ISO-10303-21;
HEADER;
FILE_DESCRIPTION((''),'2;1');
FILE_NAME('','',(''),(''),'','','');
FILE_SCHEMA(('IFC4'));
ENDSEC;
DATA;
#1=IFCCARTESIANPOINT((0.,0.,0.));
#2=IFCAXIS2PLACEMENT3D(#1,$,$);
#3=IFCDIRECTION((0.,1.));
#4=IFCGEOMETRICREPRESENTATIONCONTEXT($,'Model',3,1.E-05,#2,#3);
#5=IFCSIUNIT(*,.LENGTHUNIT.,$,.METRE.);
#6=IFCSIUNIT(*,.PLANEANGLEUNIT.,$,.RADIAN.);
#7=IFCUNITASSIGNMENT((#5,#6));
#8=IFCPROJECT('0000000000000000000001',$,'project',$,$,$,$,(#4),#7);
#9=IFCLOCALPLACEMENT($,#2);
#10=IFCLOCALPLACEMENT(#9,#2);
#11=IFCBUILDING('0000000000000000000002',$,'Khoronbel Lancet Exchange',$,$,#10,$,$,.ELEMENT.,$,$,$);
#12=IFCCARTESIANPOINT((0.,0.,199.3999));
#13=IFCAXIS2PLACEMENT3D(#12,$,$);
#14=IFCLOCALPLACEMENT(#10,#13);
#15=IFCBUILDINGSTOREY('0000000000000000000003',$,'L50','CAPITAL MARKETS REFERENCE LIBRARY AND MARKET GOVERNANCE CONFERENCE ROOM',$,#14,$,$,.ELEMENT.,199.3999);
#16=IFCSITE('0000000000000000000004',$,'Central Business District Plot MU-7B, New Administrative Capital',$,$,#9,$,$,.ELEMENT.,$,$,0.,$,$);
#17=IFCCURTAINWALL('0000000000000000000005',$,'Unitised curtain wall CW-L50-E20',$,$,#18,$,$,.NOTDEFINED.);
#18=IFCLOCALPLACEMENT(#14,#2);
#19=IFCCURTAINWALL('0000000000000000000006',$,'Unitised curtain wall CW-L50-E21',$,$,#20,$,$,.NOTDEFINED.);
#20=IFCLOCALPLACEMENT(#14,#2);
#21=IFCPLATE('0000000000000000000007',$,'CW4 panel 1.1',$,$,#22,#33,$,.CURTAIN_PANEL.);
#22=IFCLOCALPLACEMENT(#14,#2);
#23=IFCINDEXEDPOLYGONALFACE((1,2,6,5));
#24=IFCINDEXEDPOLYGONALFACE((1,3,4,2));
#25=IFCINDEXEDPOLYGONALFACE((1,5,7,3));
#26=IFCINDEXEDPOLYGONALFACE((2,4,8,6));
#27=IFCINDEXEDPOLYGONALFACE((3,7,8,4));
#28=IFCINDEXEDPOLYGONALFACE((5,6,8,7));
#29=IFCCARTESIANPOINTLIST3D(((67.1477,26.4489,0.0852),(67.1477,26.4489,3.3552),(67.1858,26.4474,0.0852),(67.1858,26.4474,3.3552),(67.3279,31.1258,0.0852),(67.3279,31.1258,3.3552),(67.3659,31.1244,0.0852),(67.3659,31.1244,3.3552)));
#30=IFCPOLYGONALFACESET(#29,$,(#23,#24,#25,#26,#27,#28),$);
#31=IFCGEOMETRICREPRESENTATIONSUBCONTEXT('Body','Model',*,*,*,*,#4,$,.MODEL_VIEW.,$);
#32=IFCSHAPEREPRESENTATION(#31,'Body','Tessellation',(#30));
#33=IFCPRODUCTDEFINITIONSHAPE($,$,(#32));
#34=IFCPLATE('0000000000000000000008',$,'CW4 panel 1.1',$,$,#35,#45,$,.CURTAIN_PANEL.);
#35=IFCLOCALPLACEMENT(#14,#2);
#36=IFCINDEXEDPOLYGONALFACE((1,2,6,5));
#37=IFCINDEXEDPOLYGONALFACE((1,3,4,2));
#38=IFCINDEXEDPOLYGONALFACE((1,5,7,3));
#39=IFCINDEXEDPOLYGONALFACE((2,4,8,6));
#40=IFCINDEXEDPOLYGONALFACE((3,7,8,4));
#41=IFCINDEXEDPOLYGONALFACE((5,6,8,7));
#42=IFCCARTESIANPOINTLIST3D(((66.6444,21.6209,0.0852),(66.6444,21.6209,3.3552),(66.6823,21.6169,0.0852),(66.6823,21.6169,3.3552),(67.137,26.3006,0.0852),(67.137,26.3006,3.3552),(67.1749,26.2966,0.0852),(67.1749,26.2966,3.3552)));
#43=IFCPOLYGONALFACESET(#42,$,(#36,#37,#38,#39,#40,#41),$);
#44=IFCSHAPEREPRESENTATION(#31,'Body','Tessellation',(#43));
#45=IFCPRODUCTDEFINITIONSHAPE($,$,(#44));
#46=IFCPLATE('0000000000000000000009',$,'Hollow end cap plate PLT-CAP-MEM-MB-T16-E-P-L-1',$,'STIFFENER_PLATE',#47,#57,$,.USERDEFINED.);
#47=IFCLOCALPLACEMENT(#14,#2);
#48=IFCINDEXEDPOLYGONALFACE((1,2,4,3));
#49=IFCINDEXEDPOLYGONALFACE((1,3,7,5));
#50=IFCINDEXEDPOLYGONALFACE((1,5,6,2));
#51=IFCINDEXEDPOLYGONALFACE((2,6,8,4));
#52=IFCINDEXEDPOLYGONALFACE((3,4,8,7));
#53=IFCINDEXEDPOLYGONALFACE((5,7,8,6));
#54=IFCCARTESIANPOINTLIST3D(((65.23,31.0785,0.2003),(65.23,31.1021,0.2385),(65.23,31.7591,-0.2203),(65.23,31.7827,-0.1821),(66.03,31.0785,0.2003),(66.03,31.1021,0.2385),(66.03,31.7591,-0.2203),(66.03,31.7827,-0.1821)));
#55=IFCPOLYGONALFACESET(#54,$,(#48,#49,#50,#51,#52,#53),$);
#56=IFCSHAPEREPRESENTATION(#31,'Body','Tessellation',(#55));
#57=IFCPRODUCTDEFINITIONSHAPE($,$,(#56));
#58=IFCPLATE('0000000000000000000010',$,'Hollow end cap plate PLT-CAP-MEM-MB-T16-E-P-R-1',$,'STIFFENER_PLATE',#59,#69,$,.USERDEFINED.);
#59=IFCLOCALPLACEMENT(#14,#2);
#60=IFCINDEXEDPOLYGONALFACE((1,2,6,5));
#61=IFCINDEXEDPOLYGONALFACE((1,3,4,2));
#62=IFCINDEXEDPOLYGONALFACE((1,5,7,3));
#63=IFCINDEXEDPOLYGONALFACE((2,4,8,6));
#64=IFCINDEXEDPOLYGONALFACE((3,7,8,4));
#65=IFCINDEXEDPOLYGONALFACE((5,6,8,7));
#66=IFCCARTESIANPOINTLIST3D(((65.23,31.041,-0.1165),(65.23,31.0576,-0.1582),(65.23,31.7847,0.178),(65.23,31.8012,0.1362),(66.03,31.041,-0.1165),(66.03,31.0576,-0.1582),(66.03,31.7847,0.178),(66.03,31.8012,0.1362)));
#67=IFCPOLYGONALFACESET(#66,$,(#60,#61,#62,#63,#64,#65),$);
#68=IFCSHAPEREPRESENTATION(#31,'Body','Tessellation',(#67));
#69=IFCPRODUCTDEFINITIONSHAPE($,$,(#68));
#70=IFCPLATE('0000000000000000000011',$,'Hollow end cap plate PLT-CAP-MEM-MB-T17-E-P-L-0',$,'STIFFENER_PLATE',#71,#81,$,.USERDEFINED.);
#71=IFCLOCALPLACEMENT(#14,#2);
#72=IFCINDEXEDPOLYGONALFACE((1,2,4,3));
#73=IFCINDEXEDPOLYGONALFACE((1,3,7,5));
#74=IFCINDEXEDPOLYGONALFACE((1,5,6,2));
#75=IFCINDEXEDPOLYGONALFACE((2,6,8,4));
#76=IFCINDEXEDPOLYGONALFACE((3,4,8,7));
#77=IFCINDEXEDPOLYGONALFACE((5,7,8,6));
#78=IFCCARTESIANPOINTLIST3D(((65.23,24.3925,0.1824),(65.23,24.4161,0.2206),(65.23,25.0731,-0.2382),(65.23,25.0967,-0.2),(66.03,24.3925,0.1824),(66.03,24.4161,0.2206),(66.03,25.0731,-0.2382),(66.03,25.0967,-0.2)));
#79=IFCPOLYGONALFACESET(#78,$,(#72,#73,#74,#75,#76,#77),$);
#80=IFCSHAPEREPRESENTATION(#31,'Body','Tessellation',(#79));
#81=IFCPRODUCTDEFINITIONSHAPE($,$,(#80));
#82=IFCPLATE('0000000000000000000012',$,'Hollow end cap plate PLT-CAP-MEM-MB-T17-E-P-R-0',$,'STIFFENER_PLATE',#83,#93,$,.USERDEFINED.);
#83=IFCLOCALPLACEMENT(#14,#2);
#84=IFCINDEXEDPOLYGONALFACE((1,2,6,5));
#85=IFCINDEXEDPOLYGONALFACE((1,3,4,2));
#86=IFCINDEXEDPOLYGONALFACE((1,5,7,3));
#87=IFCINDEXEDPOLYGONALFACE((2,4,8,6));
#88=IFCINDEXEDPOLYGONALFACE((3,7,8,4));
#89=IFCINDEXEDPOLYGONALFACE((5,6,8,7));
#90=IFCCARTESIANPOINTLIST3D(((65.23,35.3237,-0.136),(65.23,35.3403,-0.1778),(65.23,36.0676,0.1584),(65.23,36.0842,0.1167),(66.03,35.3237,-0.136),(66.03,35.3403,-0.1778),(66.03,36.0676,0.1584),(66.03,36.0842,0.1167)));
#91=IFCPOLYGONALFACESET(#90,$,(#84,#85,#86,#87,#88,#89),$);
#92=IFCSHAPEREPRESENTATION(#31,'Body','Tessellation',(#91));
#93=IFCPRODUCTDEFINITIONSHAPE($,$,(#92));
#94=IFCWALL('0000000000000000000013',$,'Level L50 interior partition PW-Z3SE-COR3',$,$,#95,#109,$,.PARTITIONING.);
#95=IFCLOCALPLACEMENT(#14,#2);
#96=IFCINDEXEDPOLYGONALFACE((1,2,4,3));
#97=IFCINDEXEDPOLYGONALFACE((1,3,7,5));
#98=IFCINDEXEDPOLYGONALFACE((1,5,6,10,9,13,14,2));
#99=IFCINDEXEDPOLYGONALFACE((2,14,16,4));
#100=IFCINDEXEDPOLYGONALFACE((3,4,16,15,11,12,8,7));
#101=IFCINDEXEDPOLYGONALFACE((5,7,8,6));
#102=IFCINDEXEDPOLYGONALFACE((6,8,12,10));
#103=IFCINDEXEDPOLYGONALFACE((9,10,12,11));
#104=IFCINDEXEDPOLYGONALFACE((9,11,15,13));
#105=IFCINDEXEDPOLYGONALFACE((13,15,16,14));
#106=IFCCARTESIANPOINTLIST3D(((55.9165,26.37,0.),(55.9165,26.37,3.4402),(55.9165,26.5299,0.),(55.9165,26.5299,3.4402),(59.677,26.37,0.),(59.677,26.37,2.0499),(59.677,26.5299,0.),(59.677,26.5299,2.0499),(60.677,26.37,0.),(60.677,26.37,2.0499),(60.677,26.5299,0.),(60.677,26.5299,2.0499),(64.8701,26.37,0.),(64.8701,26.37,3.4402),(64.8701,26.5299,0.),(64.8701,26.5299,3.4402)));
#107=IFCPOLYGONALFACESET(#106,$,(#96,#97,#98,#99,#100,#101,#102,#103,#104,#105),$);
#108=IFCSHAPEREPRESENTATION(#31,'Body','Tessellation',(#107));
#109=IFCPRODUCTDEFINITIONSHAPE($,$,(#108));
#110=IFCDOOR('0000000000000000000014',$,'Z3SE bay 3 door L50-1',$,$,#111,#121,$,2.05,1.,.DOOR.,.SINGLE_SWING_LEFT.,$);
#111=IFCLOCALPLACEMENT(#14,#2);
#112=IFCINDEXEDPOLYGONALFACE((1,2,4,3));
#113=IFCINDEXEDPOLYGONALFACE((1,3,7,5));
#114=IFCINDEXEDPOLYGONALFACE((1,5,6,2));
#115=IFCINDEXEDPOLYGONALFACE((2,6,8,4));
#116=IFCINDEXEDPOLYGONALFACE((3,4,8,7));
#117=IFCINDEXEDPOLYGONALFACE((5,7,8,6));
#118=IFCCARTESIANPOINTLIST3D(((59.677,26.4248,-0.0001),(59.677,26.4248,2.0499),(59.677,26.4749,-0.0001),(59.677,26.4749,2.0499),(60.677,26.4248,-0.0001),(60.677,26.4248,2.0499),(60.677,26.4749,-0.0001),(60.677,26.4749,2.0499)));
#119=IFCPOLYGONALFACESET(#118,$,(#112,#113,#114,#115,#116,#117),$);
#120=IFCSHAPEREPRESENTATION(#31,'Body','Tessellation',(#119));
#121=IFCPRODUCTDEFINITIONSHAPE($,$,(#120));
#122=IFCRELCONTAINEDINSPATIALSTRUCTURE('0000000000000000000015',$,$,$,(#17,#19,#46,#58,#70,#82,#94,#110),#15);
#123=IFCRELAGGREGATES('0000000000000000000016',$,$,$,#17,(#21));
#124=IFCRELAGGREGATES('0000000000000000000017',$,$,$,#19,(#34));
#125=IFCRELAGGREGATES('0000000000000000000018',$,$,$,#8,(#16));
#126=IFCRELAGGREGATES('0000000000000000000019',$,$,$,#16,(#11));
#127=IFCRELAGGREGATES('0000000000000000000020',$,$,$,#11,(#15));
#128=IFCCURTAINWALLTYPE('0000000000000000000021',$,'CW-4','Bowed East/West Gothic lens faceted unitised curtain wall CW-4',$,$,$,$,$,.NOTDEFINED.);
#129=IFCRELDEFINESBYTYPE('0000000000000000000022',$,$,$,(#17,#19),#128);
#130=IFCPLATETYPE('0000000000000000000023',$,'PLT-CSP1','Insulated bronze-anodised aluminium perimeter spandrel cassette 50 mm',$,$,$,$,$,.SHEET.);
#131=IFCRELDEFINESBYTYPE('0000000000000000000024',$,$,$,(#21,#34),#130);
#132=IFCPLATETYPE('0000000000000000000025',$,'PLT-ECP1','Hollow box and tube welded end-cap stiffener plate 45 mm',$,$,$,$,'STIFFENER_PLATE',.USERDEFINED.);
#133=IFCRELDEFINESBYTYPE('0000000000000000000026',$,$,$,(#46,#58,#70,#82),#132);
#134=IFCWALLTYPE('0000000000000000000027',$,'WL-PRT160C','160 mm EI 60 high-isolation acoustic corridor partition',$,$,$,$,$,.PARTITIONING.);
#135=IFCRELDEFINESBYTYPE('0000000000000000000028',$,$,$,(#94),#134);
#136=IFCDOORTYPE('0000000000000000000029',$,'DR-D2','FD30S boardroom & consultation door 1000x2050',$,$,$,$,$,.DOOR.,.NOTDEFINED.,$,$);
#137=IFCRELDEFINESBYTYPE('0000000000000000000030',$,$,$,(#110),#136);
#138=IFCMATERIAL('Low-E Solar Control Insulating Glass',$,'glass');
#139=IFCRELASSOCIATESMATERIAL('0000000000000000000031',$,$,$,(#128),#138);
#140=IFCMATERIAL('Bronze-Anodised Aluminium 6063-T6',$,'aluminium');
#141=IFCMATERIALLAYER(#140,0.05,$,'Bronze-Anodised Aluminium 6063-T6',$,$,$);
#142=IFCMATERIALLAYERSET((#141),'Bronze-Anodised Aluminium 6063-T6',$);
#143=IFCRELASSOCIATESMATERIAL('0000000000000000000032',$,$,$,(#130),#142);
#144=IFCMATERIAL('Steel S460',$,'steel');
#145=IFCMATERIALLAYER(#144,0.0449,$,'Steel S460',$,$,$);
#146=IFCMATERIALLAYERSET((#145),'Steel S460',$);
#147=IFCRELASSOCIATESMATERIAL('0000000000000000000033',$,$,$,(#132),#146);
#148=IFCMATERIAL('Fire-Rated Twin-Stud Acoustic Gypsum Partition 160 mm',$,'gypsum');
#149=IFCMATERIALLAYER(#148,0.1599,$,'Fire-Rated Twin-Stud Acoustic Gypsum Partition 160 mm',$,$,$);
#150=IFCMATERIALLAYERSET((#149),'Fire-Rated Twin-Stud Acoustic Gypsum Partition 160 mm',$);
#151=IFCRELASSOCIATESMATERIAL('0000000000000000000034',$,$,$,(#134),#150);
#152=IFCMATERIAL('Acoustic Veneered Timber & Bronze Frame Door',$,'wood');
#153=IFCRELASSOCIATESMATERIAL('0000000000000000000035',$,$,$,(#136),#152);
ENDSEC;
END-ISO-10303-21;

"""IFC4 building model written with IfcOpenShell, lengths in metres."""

from ifc_helpers import new_model, si_unit, direction, frame, frame_2d, origin, origin_2d, place, context, subcontext, project, spatial, polyline, rectangle, outline, extrude, material, layer, layer_set, type_object, element, fill, aggregate, save


model = new_model("IFC4")

# Units and contexts
model_context = context("Model", 3, precision=1e-05, world=origin(), true_north=direction((0.0, 1.0)))
body_context = subcontext(model_context, "Body", "Model", "MODEL_VIEW")
ifc_project = project(units=[si_unit("LENGTHUNIT", "METRE"), si_unit("PLANEANGLEUNIT", "RADIAN")], contexts=[model_context])

# Site, building, storey
site_placement = place(None, origin())
site = spatial("IfcSite", under=ifc_project, at=site_placement, Name="Central Business District Plot MU-7B, New Administrative Capital", CompositionType="ELEMENT", RefElevation=0.0)
building_placement = place(site_placement, origin())
building = spatial("IfcBuilding", under=site, at=building_placement, Name="Khoronbel Lancet Exchange", CompositionType="ELEMENT")
storey_placement = place(building_placement, frame((0.0, 0.0, 199.3999)))
storey = spatial("IfcBuildingStorey", under=building, at=storey_placement, Name="L50", Description="CAPITAL MARKETS REFERENCE LIBRARY AND MARKET GOVERNANCE CONFERENCE ROOM", CompositionType="ELEMENT", Elevation=199.3999)

# Shared definitions
ifc_material_1 = material(Name="Low-E Solar Control Insulating Glass", Category="glass")
curtain_wall_type = type_object("IfcCurtainWallType", Name="CW-4", Description="Bowed East/West Gothic lens faceted unitised curtain wall CW-4", PredefinedType="NOTDEFINED", material=ifc_material_1)
ifc_material_2 = material(Name="Bronze-Anodised Aluminium 6063-T6", Category="aluminium")

# Curtain walls
curtain_wall_1_placement = place(storey_placement, origin())
curtain_wall_1 = element("IfcCurtainWall", 1, at=curtain_wall_1_placement, inside=storey, type_object=curtain_wall_type, Name="Unitised curtain wall CW-L50-E20", PredefinedType="NOTDEFINED")
curtain_wall_2_placement = place(storey_placement, origin())
curtain_wall_2 = element("IfcCurtainWall", 2, at=curtain_wall_2_placement, inside=storey, type_object=curtain_wall_type, Name="Unitised curtain wall CW-L50-E21", PredefinedType="NOTDEFINED")

# Shared definitions
ifc_material_3 = material(Name="Steel S460", Category="steel")

# Plates
ifc_layer_1 = layer(ifc_material_2, 0.05, Name="Bronze-Anodised Aluminium 6063-T6")
ifc_layer_set_1 = layer_set([ifc_layer_1], Name="Bronze-Anodised Aluminium 6063-T6")
plate_type_1 = type_object("IfcPlateType", Name="PLT-CSP1", Description="Insulated bronze-anodised aluminium perimeter spandrel cassette 50 mm", PredefinedType="SHEET", material=ifc_layer_set_1)
plate_1_placement = place(storey_placement, frame((67.2568, 28.7866, 0.0852), z_axis=(0.0, 0.0, 1.0), x_axis=(-0.038486, -0.999259, 0.0)))
plate_1 = element("IfcPlate", 3, at=plate_1_placement, type_object=plate_type_1, Name="CW4 panel 1.1", PredefinedType="CURTAIN_PANEL", context=body_context, shape_type="SweptSolid", body=[
    extrude(rectangle(XDim=4.6804, YDim=0.0381, at=origin_2d()), origin(), (0.0, 0.0, 1.0), 3.27),
])
aggregate(curtain_wall_1, [plate_1])
plate_2_placement = place(storey_placement, frame((66.9097, 23.9587, 0.0852), z_axis=(0.0, 0.0, 1.0), x_axis=(-0.104686, -0.994505, 0.0)))
plate_2 = element("IfcPlate", 4, at=plate_2_placement, type_object=plate_type_1, Name="CW4 panel 1.1", PredefinedType="CURTAIN_PANEL", context=body_context, shape_type="SweptSolid", body=[
    extrude(rectangle(XDim=4.7056, YDim=0.0381, at=origin_2d()), origin(), (0.0, 0.0, 1.0), 3.27),
])
aggregate(curtain_wall_2, [plate_2])

# Plates
ifc_layer_2 = layer(ifc_material_3, 0.0449, Name="Steel S460")
ifc_layer_set_2 = layer_set([ifc_layer_2], Name="Steel S460")
plate_type_2 = type_object("IfcPlateType", Name="PLT-ECP1", Description="Hollow box and tube welded end-cap stiffener plate 45 mm", ElementType="STIFFENER_PLATE", PredefinedType="USERDEFINED", material=ifc_layer_set_2)
plate_3_placement = place(storey_placement, frame((66.03, 31.7827, -0.1821), z_axis=(0.0, 0.525714, 0.850662), x_axis=(-1.0, 0.0, 0.0)))
element("IfcPlate", 5, at=plate_3_placement, inside=storey, type_object=plate_type_2, Name="Hollow end cap plate PLT-CAP-MEM-MB-T16-E-P-L-1", ObjectType="STIFFENER_PLATE", PredefinedType="USERDEFINED", context=body_context, shape_type="SweptSolid", body=[
    extrude(outline(polyline([(0.0, 0.0), (0.8, 0.0), (0.8, 0.8), (0.0, 0.8), (0.0, 0.0)])), origin(), (0.0, 0.0, -1.0), 0.0449),
])
plate_4_placement = place(storey_placement, frame((65.23, 31.041, -0.1165), z_axis=(0.0, -0.368125, 0.929776), x_axis=(1.0, 0.0, 0.0)))
element("IfcPlate", 6, at=plate_4_placement, inside=storey, type_object=plate_type_2, Name="Hollow end cap plate PLT-CAP-MEM-MB-T16-E-P-R-1", ObjectType="STIFFENER_PLATE", PredefinedType="USERDEFINED", context=body_context, shape_type="SweptSolid", body=[
    extrude(outline(polyline([(0.0, 0.0), (0.8, 0.0), (0.8, 0.7998), (0.0, 0.7998), (0.0, 0.0)])), origin(), (0.0, 0.0, -1.0), 0.0449),
])
for number, where, z_axis, x_axis, name in (
    (7, (66.03, 25.0967, -0.2), (0.0, 0.525714, 0.850662), (-1.0, 0.0, 0.0), "Hollow end cap plate PLT-CAP-MEM-MB-T17-E-P-L-0"),
    (8, (65.23, 35.3237, -0.136), (0.0, -0.368021, 0.929817), (1.0, 0.0, 0.0), "Hollow end cap plate PLT-CAP-MEM-MB-T17-E-P-R-0"),
):
    element("IfcPlate", number, at=place(storey_placement, frame(where, z_axis=z_axis, x_axis=x_axis)), inside=storey, type_object=plate_type_2, Name=name, ObjectType="STIFFENER_PLATE", PredefinedType="USERDEFINED", context=body_context, shape_type="SweptSolid", body=[
        extrude(outline(polyline([(0.0, 0.0), (0.8, 0.0), (0.8, 0.8), (0.0, 0.8), (0.0, 0.0)])), origin(), (0.0, 0.0, -1.0), 0.0449),
    ])

# Wall, opening, door
ifc_material_4 = material(Name="Fire-Rated Twin-Stud Acoustic Gypsum Partition 160 mm", Category="gypsum")
ifc_layer_3 = layer(ifc_material_4, 0.1599, Name="Fire-Rated Twin-Stud Acoustic Gypsum Partition 160 mm")
ifc_layer_set_3 = layer_set([ifc_layer_3], Name="Fire-Rated Twin-Stud Acoustic Gypsum Partition 160 mm")
wall_type = type_object("IfcWallType", Name="WL-PRT160C", Description="160 mm EI 60 high-isolation acoustic corridor partition", PredefinedType="PARTITIONING", material=ifc_layer_set_3)
wall_placement = place(storey_placement, frame((55.9165, 26.45, 0.0), z_axis=(0.0, 0.0, 1.0), x_axis=(1.0, 0.0, 0.0)))
wall = element("IfcWall", 9, at=wall_placement, inside=storey, type_object=wall_type, Name="Level L50 interior partition PW-Z3SE-COR3", PredefinedType="PARTITIONING", context=body_context, shape_type="SweptSolid", body=[
    extrude(rectangle(XDim=8.9536, YDim=0.1599, at=frame_2d((4.4768, 0.0))), origin(), (0.0, 0.0, 1.0), 3.4402),
])
opening_placement = place(wall_placement, frame((3.7605, 0.0, 0.0)))
opening = element("IfcOpeningElement", 10, at=opening_placement, cuts=wall, PredefinedType="OPENING", context=body_context, shape_type="SweptSolid", body=[
    extrude(rectangle(XDim=1.0, YDim=2.05, at=frame_2d((0.5, 1.0249))), frame((0.0, 0.0898, 0.0), z_axis=(0.0, -1.0, 0.0), x_axis=(1.0, 0.0, 0.0)), (0.0, 0.0, 1.0), 0.1799),
])
ifc_material_5 = material(Name="Acoustic Veneered Timber & Bronze Frame Door", Category="wood")
door_type = type_object("IfcDoorType", Name="DR-D2", Description="FD30S boardroom & consultation door 1000x2050", OperationType="NOTDEFINED", PredefinedType="DOOR", material=ifc_material_5)
door_placement = place(opening_placement, origin())
door = element("IfcDoor", 11, at=door_placement, inside=storey, type_object=door_type, Name="Z3SE bay 3 door L50-1", OperationType="SINGLE_SWING_LEFT", OverallHeight=2.05, OverallWidth=1.0, PredefinedType="DOOR", context=body_context, shape_type="SweptSolid", body=[
    extrude(rectangle(XDim=1.0, YDim=2.05, at=frame_2d((0.5, 1.0249))), frame((0.0, 0.0249, 0.0), z_axis=(0.0, -1.0, 0.0), x_axis=(1.0, 0.0, 0.0)), (0.0, 0.0, 1.0), 0.05),
])
fill(opening, door)

save(model, "model.ifc")
